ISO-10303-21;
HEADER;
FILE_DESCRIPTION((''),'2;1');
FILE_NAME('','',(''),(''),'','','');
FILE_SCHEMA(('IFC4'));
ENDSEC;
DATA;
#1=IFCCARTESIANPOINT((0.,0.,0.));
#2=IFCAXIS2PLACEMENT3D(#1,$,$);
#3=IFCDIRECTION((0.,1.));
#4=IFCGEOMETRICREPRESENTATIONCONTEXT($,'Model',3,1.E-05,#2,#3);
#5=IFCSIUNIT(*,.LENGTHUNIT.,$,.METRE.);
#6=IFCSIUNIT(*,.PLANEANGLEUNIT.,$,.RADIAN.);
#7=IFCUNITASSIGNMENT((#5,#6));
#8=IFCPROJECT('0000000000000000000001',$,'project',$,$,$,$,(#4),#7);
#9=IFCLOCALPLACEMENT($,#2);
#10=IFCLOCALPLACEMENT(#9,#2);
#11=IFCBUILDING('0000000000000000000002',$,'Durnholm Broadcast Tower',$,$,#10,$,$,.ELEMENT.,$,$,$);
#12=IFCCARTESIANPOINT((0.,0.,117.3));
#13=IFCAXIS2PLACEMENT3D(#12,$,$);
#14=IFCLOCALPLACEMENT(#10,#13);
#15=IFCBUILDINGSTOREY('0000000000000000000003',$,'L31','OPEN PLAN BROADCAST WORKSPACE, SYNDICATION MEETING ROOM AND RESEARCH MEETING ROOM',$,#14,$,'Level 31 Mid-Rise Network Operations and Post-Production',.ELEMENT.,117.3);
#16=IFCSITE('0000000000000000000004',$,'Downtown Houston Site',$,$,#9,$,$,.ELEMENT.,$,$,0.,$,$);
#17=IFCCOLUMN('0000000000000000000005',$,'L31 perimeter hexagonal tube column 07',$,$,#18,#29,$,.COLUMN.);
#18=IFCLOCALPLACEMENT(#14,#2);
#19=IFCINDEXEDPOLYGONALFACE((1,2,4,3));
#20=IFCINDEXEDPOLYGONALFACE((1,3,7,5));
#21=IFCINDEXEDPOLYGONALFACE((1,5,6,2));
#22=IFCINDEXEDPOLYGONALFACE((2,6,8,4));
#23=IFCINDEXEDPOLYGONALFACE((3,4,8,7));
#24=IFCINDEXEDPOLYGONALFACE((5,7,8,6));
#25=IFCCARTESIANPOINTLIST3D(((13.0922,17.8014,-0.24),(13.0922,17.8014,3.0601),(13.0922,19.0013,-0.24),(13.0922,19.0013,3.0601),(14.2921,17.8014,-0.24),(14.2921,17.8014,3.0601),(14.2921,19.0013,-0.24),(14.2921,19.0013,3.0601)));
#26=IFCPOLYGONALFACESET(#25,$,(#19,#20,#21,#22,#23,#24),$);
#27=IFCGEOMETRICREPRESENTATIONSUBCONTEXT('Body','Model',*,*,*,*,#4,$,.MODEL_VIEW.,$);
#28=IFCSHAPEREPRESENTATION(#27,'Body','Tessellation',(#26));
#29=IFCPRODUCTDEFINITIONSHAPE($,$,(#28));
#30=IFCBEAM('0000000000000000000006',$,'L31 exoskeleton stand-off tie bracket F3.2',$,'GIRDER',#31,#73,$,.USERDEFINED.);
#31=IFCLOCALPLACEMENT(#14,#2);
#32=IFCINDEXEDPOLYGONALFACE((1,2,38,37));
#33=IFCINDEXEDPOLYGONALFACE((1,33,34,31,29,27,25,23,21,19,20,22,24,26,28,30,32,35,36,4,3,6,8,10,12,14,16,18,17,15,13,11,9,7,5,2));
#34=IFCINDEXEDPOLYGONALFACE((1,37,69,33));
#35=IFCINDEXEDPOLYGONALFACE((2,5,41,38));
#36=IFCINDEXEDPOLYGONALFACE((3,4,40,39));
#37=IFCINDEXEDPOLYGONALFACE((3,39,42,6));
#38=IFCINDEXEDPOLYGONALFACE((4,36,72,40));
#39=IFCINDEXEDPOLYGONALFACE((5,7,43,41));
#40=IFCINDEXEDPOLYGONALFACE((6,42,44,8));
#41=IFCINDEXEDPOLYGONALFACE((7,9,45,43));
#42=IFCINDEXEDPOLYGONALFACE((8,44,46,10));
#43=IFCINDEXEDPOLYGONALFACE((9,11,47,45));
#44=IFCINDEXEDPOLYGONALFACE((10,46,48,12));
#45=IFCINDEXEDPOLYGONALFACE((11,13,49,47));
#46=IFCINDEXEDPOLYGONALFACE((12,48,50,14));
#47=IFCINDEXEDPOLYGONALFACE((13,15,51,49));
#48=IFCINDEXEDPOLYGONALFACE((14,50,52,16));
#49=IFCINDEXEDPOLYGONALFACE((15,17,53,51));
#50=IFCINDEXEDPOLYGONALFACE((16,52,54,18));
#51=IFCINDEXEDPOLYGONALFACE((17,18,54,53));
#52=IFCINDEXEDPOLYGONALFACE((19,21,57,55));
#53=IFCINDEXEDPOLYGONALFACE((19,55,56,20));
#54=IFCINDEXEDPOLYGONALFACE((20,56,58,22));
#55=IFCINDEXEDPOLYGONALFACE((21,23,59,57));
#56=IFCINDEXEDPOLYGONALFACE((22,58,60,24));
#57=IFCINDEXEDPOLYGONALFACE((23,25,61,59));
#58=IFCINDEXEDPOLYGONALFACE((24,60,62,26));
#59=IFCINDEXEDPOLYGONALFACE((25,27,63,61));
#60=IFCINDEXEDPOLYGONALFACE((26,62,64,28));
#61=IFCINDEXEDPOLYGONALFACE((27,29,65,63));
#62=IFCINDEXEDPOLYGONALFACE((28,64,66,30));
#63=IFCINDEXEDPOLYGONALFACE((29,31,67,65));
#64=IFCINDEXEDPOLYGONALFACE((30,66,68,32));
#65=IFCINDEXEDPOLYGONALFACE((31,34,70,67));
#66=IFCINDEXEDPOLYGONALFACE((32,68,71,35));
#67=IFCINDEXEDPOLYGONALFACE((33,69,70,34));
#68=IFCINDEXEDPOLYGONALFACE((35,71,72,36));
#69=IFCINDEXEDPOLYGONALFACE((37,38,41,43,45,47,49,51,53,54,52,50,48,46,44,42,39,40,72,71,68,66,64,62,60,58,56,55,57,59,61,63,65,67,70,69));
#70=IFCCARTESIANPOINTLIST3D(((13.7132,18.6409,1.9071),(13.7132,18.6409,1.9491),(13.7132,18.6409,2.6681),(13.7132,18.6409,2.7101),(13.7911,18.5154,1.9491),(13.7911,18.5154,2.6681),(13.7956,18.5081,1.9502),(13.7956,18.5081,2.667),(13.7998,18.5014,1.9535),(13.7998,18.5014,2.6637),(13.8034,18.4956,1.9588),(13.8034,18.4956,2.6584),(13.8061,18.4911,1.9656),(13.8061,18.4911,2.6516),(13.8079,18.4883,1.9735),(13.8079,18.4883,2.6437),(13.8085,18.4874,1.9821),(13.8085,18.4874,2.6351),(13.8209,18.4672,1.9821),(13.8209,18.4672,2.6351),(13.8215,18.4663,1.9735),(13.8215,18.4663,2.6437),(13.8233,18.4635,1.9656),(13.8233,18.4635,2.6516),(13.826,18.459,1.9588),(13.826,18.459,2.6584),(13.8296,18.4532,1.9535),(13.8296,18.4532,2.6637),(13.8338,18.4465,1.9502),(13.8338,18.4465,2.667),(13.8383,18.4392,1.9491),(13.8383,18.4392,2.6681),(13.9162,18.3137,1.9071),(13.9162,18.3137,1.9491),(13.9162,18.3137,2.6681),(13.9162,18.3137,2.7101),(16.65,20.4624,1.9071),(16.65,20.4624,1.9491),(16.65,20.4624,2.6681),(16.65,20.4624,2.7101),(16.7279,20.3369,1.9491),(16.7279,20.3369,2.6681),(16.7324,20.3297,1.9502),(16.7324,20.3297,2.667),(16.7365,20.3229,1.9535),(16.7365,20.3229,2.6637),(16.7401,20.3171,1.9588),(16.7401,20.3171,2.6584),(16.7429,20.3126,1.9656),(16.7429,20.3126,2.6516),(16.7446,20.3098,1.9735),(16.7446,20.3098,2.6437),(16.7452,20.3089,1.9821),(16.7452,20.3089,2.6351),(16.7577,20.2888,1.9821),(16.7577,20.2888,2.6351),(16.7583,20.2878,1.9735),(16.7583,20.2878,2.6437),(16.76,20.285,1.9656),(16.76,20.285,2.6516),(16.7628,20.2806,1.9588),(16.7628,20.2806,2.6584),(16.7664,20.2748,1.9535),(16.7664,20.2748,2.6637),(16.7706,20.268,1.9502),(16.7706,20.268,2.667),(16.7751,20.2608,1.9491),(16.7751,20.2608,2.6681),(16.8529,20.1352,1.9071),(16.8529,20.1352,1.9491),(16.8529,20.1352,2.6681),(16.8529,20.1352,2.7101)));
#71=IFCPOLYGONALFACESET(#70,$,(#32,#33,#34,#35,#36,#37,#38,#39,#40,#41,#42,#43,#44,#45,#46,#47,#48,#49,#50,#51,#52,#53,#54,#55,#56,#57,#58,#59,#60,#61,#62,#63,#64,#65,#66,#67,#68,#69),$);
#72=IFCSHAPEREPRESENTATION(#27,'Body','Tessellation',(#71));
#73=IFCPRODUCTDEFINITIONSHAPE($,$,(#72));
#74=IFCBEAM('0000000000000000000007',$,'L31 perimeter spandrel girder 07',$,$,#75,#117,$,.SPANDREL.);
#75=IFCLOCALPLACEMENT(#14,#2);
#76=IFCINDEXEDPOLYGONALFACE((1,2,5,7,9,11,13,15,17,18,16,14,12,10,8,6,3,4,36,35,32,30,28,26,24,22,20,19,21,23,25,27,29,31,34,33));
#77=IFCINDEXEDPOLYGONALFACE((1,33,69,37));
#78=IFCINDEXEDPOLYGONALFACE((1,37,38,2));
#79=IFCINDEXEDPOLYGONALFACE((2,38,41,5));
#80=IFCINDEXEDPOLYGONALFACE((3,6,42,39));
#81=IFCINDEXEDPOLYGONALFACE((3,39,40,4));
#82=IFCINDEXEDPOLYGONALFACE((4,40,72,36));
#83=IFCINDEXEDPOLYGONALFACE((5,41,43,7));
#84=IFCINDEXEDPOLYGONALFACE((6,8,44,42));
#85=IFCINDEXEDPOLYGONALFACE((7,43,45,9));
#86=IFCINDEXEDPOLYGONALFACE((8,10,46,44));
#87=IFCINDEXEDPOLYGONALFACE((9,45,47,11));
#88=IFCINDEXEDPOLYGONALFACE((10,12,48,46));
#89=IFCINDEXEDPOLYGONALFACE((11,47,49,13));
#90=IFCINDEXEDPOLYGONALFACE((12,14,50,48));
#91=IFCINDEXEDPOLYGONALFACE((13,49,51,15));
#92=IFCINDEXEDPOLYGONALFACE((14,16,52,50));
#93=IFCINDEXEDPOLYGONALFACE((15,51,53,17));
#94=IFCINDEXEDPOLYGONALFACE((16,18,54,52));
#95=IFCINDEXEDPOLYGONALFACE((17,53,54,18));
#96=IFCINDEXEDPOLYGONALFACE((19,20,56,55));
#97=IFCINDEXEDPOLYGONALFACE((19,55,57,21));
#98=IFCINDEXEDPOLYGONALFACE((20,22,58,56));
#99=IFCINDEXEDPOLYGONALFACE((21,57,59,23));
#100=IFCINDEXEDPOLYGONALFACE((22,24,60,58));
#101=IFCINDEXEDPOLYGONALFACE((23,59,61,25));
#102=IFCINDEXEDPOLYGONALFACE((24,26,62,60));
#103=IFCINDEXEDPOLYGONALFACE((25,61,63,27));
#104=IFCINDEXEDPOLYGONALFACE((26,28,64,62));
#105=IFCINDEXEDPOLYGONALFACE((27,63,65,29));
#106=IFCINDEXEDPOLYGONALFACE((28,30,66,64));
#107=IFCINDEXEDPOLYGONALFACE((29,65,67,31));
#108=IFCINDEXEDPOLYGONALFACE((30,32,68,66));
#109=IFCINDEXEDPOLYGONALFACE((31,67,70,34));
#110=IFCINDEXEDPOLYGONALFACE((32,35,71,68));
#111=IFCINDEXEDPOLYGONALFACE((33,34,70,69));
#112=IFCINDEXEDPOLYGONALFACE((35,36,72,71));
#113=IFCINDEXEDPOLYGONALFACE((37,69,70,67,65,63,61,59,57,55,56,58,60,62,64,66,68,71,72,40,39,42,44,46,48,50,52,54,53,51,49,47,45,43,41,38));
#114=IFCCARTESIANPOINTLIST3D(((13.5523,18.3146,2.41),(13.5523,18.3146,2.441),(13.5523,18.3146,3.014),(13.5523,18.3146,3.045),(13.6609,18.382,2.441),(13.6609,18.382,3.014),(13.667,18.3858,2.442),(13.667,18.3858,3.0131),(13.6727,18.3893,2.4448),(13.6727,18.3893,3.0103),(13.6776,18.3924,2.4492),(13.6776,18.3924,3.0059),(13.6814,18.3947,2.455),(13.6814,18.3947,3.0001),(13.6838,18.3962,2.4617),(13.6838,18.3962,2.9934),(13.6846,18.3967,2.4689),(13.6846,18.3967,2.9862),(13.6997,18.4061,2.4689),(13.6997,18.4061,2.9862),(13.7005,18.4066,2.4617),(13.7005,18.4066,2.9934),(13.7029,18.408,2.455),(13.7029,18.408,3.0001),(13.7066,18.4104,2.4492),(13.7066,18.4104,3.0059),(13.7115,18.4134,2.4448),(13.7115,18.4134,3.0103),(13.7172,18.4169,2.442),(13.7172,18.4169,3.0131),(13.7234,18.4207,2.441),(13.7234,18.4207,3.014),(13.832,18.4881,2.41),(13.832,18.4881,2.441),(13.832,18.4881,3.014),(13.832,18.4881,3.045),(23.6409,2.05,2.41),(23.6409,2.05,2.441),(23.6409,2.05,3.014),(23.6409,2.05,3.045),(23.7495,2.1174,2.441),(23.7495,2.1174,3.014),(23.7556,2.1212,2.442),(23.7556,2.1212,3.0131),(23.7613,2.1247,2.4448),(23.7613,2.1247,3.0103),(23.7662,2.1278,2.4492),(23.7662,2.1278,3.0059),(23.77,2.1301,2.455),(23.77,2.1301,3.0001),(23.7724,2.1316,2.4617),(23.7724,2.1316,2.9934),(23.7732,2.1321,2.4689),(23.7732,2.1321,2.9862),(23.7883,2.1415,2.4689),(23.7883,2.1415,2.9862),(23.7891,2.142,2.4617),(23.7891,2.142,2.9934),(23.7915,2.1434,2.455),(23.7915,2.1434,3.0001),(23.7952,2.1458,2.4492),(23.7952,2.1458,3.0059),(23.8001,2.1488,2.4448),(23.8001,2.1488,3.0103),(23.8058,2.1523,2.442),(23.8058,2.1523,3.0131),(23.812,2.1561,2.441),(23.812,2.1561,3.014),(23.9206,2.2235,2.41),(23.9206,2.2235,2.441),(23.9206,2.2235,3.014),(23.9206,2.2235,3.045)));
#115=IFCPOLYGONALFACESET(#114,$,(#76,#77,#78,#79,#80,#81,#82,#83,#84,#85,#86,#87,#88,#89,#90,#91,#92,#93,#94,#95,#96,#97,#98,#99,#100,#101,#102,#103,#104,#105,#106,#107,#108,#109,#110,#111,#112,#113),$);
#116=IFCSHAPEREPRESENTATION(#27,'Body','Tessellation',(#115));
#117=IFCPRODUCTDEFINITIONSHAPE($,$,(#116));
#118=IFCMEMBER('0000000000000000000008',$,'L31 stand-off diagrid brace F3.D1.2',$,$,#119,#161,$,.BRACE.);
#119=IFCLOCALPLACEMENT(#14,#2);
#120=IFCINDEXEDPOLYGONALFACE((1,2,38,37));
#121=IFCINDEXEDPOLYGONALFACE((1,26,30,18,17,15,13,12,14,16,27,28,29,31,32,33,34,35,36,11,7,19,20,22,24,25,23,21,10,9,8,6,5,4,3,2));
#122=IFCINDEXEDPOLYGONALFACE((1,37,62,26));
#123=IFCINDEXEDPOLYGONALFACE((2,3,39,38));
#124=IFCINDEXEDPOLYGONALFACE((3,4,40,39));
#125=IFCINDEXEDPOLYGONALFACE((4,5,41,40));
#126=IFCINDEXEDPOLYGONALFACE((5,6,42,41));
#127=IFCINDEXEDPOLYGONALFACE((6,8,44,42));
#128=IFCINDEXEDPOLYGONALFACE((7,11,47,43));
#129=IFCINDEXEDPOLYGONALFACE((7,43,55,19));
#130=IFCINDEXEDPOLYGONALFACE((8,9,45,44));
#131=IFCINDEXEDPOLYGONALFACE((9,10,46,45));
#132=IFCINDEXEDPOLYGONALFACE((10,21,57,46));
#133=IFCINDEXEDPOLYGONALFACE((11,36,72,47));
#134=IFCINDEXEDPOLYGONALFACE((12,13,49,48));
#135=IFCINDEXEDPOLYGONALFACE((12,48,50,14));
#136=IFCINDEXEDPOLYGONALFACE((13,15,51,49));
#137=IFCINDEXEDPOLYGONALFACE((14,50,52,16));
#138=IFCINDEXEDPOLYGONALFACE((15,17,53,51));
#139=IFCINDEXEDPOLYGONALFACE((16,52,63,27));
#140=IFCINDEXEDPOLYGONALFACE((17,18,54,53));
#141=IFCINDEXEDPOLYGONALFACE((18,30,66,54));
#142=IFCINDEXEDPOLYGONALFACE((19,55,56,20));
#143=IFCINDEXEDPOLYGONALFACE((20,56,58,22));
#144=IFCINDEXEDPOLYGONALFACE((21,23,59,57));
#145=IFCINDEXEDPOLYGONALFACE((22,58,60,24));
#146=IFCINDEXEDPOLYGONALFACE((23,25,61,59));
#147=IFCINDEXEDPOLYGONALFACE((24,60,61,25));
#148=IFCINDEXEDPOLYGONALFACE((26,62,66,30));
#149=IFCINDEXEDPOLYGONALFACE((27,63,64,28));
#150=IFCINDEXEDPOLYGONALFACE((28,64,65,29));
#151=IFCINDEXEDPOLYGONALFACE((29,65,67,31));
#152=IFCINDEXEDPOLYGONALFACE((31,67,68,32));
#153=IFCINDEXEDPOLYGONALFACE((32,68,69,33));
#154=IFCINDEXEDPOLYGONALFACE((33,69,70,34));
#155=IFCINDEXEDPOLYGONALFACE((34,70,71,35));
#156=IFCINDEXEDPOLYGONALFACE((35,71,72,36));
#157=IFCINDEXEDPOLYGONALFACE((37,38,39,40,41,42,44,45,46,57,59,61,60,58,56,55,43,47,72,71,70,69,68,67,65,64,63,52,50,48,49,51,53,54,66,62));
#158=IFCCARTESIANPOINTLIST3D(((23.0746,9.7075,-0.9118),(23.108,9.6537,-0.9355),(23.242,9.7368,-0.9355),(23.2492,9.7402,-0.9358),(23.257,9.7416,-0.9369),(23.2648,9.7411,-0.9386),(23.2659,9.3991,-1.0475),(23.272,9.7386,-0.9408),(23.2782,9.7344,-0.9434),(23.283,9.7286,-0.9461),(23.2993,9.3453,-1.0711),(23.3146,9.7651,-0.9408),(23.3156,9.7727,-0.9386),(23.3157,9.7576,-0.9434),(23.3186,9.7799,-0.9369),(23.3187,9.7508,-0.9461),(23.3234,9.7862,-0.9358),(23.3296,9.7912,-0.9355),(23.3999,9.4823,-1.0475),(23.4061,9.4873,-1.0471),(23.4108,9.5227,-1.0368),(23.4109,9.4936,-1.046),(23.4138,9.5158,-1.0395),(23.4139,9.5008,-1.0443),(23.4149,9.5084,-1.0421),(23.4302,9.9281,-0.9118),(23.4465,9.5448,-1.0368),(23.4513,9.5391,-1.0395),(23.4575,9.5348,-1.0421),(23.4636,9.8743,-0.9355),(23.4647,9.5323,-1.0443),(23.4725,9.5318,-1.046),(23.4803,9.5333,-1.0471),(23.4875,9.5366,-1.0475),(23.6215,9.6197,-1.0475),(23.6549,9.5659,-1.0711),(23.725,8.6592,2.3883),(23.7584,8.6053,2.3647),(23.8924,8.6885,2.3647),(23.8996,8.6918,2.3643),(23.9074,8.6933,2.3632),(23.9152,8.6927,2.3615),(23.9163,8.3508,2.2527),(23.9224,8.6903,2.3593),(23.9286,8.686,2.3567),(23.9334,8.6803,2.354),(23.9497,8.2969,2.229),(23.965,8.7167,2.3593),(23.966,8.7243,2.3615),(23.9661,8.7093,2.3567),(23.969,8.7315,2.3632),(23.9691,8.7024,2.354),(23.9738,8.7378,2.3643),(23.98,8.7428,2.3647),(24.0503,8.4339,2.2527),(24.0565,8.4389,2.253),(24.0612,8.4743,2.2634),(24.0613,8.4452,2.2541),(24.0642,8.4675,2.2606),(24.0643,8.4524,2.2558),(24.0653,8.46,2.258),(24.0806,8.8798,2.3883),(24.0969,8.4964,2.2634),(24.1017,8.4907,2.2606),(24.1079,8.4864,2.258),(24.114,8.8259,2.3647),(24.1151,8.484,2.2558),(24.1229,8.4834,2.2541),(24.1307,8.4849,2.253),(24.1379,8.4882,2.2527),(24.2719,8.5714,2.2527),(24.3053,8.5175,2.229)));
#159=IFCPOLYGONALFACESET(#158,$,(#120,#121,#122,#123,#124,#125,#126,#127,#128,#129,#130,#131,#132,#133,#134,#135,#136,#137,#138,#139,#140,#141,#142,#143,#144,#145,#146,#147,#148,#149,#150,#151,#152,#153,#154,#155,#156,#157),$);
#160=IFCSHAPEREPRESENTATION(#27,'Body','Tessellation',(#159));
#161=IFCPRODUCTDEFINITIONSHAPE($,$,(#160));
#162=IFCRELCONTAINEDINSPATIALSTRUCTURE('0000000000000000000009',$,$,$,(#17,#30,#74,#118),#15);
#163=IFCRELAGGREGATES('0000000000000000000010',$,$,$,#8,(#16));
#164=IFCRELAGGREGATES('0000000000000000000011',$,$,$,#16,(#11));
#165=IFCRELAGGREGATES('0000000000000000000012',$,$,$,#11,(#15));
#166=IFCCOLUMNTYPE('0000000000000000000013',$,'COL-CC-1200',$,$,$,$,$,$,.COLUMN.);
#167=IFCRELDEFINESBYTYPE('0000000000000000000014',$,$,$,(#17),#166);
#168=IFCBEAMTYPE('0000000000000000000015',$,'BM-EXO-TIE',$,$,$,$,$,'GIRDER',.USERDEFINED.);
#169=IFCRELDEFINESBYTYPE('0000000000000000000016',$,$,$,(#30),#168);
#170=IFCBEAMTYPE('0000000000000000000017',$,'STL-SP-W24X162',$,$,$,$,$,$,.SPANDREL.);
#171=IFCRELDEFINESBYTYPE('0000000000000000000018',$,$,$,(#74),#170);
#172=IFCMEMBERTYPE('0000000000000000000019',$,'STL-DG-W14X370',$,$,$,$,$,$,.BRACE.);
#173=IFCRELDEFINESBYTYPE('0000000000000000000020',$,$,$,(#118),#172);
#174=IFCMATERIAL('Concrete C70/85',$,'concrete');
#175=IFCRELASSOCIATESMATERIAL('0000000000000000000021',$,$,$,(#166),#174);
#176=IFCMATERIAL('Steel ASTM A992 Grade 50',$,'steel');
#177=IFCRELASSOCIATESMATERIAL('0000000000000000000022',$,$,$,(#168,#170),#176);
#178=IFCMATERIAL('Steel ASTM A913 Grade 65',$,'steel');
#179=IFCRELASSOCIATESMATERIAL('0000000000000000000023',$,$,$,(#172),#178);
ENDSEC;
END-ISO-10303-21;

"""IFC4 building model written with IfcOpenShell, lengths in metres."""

from ifc_helpers import new_model, si_unit, direction, frame, origin, origin_2d, place, context, subcontext, project, spatial, rectangle, i_section, extrude, source, transform, mapped, material, material_profile, profile_set, type_object, type_shapes, element, save


model = new_model("IFC4")

# Units and contexts
model_context = context("Model", 3, precision=1e-05, world=origin(), true_north=direction((0.0, 1.0)))
body_context = subcontext(model_context, "Body", "Model", "MODEL_VIEW")
ifc_project = project(units=[si_unit("LENGTHUNIT", "METRE"), si_unit("PLANEANGLEUNIT", "RADIAN")], contexts=[model_context])

# Site, building, storey
site_placement = place(None, origin())
site = spatial("IfcSite", under=ifc_project, at=site_placement, Name="Downtown Houston Site", CompositionType="ELEMENT", RefElevation=0.0)
building_placement = place(site_placement, origin())
building = spatial("IfcBuilding", under=site, at=building_placement, Name="Durnholm Broadcast Tower", CompositionType="ELEMENT")
storey_placement = place(building_placement, frame((0.0, 0.0, 117.3)))
storey = spatial("IfcBuildingStorey", under=building, at=storey_placement, Name="L31", Description="OPEN PLAN BROADCAST WORKSPACE, SYNDICATION MEETING ROOM AND RESEARCH MEETING ROOM", LongName="Level 31 Mid-Rise Network Operations and Post-Production", CompositionType="ELEMENT", Elevation=117.3)

# Column
ifc_material_1 = material(Name="Concrete C70/85", Category="concrete")
ifc_material_profile_1 = material_profile(ifc_material_1, rectangle(XDim=1.2, YDim=1.2, at=origin_2d()), Name="RC1200X1200")
ifc_profile_set_1 = profile_set([ifc_material_profile_1], Name="Concrete C70/85")
column_type = type_object("IfcColumnType", Name="COL-CC-1200", PredefinedType="COLUMN", material=ifc_profile_set_1)
shared_shape_1 = source(origin(), body_context, "Body", "SweptSolid", [
    extrude(rectangle(XDim=1.2, YDim=1.2, at=origin_2d()), origin(), (0.0, 0.0, 1.0), 3.3),
])
type_shapes(column_type, [shared_shape_1])
column_placement = place(storey_placement, frame((13.6921, 18.4014, -0.24), z_axis=(0.0, 0.0, 1.0), x_axis=(1.0, 0.0, 0.0)))
element("IfcColumn", 1, at=column_placement, inside=storey, type_object=column_type, Name="L31 perimeter hexagonal tube column 07", PredefinedType="COLUMN", context=body_context, shape_type="MappedRepresentation", body=[
    mapped(shared_shape_1, transform((0.0, 0.0, 0.0), x_axis=(1.0, 0.0, 0.0), y_axis=(0.0, 1.0, 0.0), z_axis=(0.0, 0.0, 1.0), scale=1.0)),
])

# Beams
ifc_material_2 = material(Name="Steel ASTM A992 Grade 50", Category="steel")
ifc_material_profile_2 = material_profile(ifc_material_2, i_section(OverallWidth=0.385, OverallDepth=0.803, WebThickness=0.0237, FlangeThickness=0.042, FilletRadius=0.033, at=origin_2d()), Name="W30X261")
ifc_profile_set_2 = profile_set([ifc_material_profile_2], Name="Steel ASTM A992 Grade 50")
beam_type_1 = type_object("IfcBeamType", Name="BM-EXO-TIE", ElementType="GIRDER", PredefinedType="USERDEFINED", material=ifc_profile_set_2)
shared_shape_2 = source(origin(), body_context, "Body", "SweptSolid", [
    extrude(i_section(OverallWidth=0.385, OverallDepth=0.803, WebThickness=0.0237, FlangeThickness=0.042, FilletRadius=0.033, at=origin_2d()), origin(), (0.0, 0.0, 1.0), 3.4558),
])
type_shapes(beam_type_1, [shared_shape_2])
beam_1_placement = place(storey_placement, frame((13.8147, 18.4773, 2.3086), z_axis=(0.849807, 0.527094, 0.0), x_axis=(-0.527094, 0.849807, 0.0)))
element("IfcBeam", 2, at=beam_1_placement, inside=storey, type_object=beam_type_1, Name="L31 exoskeleton stand-off tie bracket F3.2", ObjectType="GIRDER", PredefinedType="USERDEFINED", context=body_context, shape_type="MappedRepresentation", body=[
    mapped(shared_shape_2, transform((0.0, 0.0, 0.0), x_axis=(1.0, 0.0, 0.0), y_axis=(0.0, 1.0, 0.0), z_axis=(0.0, 0.0, 1.0), scale=1.0)),
])
ifc_material_profile_3 = material_profile(ifc_material_2, i_section(OverallWidth=0.3291, OverallDepth=0.635, WebThickness=0.0178, FlangeThickness=0.031, FilletRadius=0.0278, at=origin_2d()), Name="W24X162")
ifc_profile_set_3 = profile_set([ifc_material_profile_3], Name="Steel ASTM A992 Grade 50")
beam_type_2 = type_object("IfcBeamType", Name="STL-SP-W24X162", PredefinedType="SPANDREL", material=ifc_profile_set_3)
shared_shape_3 = source(origin(), body_context, "Body", "SweptSolid", [
    extrude(i_section(OverallWidth=0.3291, OverallDepth=0.635, WebThickness=0.0178, FlangeThickness=0.031, FilletRadius=0.0278, at=origin_2d()), origin(), (0.0, 0.0, 1.0), 19.1394),
])
type_shapes(beam_type_2, [shared_shape_3])
beam_2_placement = place(storey_placement, frame((13.6921, 18.4014, 2.7275), z_axis=(0.527111, -0.849796, 0.0), x_axis=(0.849796, 0.527111, 0.0)))
element("IfcBeam", 3, at=beam_2_placement, inside=storey, type_object=beam_type_2, Name="L31 perimeter spandrel girder 07", PredefinedType="SPANDREL", context=body_context, shape_type="MappedRepresentation", body=[
    mapped(shared_shape_3, transform((0.0, 0.0, 0.0), x_axis=(1.0, 0.0, 0.0), y_axis=(0.0, 1.0, 0.0), z_axis=(0.0, 0.0, 1.0), scale=1.0)),
])

# Member
ifc_material_3 = material(Name="Steel ASTM A913 Grade 65", Category="steel")
ifc_material_profile_4 = material_profile(ifc_material_3, i_section(OverallWidth=0.4185, OverallDepth=0.4551, WebThickness=0.042, FlangeThickness=0.0676, FilletRadius=0.0305, at=origin_2d()), Name="W14X370")
ifc_profile_set_4 = profile_set([ifc_material_profile_4], Name="Steel ASTM A913 Grade 65")
member_type_1 = type_object("IfcMemberType", Name="STL-DG-W14X370", PredefinedType="BRACE", material=ifc_profile_set_4)
shared_shape_4 = source(origin(), body_context, "Body", "SweptSolid", [
    extrude(i_section(OverallWidth=0.4185, OverallDepth=0.4551, WebThickness=0.042, FlangeThickness=0.0676, FilletRadius=0.0305, at=origin_2d()), origin(), (0.0, 0.0, 1.0), 3.5232),
])
for number, where, z_axis, x_axis, name in (
    (4, (23.3647, 9.6367, -0.9915), (0.184607, -0.29756, 0.936685), (0.84975, 0.527186, 0.0), "L31 stand-off diagrid brace F3.D1.2"),
):
    element("IfcMember", number, at=place(storey_placement, frame(where, z_axis=z_axis, x_axis=x_axis)), inside=storey, type_object=member_type_1, Name=name, PredefinedType="BRACE", context=body_context, shape_type="MappedRepresentation", body=[
        mapped(shared_shape_4, transform((0.0, 0.0, 0.0), x_axis=(1.0, 0.0, 0.0), y_axis=(0.0, 1.0, 0.0), z_axis=(0.0, 0.0, 1.0), scale=1.0)),
    ])

save(model, "model.ifc")
